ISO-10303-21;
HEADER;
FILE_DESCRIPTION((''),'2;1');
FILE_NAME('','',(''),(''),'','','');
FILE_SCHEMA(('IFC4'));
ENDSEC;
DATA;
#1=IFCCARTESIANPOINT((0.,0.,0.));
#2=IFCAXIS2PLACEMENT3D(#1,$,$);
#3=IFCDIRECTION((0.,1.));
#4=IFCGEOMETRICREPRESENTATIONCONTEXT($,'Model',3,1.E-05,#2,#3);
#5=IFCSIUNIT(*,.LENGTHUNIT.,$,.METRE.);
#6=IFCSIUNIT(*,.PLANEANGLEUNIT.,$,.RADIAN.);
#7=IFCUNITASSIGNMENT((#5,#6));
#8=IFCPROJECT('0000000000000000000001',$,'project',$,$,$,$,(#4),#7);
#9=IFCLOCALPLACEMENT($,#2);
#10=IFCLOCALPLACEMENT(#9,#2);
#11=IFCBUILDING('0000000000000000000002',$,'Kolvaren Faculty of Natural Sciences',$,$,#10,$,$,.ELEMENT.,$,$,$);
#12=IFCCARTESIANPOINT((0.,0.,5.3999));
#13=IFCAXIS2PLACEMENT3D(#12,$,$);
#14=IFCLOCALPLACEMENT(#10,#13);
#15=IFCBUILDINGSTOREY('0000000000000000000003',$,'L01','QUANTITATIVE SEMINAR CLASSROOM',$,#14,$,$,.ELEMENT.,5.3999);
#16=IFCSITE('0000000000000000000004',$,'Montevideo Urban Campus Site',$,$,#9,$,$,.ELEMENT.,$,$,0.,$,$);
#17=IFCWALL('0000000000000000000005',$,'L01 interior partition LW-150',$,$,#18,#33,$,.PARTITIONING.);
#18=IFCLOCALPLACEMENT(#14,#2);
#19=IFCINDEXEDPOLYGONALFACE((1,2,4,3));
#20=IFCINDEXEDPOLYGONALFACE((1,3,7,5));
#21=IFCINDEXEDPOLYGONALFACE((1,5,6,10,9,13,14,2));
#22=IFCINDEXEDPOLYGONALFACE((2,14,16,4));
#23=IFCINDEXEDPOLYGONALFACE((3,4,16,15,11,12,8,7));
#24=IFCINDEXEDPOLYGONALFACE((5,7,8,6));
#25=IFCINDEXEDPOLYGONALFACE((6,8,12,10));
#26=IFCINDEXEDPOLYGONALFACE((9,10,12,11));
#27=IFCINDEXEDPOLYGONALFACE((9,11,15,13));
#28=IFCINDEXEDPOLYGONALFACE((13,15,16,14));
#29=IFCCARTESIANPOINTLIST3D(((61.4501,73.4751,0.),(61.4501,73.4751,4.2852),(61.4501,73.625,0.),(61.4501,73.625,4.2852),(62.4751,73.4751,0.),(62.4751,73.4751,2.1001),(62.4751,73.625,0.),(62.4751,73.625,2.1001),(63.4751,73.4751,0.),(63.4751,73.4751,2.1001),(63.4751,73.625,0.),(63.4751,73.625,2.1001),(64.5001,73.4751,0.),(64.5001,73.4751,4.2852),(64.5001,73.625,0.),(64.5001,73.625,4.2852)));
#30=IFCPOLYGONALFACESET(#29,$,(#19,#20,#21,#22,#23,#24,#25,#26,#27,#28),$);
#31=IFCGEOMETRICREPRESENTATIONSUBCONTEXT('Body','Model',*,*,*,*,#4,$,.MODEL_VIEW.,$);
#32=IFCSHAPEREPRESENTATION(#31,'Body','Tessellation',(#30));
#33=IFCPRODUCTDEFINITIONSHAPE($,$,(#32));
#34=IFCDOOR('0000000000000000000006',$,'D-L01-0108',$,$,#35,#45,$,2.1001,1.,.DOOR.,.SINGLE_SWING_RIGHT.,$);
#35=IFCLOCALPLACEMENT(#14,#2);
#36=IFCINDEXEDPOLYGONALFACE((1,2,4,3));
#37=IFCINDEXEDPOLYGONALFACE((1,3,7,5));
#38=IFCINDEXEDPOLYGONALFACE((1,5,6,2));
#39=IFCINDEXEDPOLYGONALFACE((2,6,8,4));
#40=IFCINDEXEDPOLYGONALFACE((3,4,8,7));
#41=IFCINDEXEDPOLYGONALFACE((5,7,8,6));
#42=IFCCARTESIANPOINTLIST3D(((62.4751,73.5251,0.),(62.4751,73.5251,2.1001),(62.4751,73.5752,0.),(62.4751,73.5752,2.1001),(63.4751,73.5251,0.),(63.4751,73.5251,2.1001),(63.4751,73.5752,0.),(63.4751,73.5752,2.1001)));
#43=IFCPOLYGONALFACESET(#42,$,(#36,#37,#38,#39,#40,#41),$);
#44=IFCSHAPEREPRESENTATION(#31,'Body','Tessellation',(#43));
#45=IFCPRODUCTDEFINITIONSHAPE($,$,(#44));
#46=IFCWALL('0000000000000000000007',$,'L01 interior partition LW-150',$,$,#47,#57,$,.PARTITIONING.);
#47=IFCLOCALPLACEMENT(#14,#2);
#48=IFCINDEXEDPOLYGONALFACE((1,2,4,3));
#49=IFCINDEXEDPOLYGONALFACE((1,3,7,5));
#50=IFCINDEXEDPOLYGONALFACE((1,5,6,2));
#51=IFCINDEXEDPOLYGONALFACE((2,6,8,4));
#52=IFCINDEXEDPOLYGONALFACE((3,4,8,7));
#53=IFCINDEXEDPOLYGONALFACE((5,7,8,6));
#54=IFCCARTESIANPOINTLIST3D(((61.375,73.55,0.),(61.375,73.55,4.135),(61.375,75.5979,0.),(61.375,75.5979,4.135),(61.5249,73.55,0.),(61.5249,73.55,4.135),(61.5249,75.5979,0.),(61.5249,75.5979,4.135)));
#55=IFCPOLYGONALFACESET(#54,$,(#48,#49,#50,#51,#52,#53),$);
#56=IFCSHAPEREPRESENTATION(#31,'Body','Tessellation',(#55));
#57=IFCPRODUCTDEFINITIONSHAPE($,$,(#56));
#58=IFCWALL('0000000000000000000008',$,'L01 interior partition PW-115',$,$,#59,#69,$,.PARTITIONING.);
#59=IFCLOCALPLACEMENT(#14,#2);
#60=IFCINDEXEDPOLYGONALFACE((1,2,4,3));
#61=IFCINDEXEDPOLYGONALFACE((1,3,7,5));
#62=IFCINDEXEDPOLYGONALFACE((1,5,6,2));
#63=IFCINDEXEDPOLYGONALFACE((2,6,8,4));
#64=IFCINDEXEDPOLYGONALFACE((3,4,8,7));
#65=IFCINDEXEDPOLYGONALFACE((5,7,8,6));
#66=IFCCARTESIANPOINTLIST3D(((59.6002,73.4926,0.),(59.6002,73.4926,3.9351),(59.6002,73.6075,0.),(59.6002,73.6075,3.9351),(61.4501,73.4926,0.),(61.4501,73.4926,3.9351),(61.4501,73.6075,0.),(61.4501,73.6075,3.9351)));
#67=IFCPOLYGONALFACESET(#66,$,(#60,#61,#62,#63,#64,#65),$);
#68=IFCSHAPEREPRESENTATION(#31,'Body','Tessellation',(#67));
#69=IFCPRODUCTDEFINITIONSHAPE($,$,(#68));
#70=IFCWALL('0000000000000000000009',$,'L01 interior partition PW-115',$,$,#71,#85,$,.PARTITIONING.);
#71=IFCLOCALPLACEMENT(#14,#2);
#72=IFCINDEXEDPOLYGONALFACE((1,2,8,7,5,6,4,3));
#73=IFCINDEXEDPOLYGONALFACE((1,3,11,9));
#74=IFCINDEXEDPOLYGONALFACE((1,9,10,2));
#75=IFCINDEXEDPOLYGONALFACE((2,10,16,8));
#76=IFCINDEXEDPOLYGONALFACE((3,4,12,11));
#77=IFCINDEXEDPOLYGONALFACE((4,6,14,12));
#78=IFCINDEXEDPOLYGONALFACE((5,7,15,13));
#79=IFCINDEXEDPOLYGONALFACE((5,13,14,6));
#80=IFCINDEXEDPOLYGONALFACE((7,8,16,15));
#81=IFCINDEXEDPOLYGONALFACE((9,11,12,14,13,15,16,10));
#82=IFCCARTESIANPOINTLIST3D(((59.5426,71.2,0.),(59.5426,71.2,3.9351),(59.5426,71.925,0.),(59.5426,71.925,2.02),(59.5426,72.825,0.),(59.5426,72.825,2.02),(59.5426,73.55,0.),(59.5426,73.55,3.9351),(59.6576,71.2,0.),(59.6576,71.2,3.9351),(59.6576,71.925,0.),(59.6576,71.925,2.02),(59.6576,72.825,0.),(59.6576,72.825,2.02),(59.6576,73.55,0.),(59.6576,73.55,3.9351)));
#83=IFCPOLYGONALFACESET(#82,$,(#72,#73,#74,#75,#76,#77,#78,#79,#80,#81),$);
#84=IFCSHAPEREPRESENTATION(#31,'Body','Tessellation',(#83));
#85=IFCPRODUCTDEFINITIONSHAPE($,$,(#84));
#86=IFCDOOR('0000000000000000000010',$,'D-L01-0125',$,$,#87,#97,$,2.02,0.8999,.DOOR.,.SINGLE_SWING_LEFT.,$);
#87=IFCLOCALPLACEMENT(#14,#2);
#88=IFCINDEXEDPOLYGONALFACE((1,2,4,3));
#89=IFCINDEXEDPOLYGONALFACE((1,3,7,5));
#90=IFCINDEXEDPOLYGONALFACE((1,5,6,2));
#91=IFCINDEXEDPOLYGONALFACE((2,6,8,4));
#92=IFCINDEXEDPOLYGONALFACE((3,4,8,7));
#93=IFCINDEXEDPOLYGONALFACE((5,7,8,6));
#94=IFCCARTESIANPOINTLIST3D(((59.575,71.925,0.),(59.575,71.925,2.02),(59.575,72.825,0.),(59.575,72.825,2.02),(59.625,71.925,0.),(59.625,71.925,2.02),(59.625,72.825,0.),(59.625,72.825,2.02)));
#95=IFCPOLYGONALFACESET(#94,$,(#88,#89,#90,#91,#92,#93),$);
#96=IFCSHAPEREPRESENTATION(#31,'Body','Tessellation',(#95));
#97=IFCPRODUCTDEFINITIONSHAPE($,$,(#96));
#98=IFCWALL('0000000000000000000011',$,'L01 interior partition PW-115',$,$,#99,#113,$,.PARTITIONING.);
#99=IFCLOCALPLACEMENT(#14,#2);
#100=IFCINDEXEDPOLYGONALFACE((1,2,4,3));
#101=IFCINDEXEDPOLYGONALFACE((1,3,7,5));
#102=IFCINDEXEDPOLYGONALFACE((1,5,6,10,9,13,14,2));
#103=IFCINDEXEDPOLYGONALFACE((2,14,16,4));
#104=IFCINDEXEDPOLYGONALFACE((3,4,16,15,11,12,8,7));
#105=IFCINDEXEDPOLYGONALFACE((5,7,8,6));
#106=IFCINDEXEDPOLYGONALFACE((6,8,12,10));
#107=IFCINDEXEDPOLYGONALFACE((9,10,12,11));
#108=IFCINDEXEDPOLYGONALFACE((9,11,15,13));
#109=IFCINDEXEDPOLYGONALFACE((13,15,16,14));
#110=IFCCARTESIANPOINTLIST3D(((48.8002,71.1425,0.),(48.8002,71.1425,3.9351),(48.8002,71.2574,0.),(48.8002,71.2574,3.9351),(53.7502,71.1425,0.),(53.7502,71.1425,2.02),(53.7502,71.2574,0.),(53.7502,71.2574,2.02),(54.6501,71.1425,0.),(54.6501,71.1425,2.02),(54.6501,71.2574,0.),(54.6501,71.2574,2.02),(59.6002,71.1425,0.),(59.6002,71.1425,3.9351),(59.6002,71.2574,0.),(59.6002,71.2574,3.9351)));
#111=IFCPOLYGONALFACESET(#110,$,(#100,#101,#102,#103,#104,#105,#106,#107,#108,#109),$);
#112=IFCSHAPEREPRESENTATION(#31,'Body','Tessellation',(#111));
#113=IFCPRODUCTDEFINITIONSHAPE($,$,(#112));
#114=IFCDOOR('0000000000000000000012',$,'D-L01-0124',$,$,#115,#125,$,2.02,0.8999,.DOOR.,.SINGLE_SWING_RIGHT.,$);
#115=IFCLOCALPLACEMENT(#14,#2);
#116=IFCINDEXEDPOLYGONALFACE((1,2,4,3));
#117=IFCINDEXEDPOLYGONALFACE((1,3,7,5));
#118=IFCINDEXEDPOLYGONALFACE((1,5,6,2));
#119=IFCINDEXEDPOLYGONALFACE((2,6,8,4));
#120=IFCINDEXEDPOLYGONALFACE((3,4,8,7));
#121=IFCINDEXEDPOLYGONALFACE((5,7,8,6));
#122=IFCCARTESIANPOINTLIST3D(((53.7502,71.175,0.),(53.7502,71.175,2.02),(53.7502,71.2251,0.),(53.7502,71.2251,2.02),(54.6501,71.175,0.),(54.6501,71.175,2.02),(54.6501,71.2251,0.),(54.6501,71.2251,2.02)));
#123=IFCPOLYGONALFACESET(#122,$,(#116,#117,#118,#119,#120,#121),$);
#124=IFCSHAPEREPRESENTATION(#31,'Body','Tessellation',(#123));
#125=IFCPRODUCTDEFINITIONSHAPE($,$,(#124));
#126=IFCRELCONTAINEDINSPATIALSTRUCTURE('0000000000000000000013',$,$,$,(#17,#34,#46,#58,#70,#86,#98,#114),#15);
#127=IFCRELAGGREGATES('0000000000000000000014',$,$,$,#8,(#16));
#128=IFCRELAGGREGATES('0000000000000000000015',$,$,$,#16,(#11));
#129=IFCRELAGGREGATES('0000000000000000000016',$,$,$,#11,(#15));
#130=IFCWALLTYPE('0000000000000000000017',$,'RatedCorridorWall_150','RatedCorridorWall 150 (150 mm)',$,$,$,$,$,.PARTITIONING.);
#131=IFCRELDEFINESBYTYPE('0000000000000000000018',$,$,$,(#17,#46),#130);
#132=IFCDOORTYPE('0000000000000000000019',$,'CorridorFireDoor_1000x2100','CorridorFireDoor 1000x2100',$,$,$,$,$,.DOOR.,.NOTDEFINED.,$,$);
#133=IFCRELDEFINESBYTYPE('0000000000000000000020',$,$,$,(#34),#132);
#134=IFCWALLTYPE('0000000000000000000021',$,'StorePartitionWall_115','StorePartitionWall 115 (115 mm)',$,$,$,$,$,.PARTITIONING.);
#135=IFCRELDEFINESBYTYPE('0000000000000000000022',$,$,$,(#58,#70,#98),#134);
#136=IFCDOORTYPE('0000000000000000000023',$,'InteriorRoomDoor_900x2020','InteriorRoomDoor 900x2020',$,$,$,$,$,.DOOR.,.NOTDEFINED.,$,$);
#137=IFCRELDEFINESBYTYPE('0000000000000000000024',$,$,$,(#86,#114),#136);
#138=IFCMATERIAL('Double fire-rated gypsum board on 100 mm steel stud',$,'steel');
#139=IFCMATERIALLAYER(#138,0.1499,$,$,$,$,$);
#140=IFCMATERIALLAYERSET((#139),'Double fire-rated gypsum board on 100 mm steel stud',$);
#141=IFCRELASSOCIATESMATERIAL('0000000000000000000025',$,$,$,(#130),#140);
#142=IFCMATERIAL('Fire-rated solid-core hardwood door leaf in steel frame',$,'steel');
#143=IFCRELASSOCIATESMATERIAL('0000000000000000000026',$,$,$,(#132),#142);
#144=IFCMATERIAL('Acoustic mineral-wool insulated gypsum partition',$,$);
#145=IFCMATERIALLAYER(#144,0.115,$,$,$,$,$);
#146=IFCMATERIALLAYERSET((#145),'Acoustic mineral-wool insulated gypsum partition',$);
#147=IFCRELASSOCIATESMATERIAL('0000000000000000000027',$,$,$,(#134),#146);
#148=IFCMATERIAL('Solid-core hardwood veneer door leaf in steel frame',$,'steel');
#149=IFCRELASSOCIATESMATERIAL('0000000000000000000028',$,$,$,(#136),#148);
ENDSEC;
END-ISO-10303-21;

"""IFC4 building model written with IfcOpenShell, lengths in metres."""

from ifc_helpers import new_model, si_unit, direction, frame, frame_2d, origin, place, context, subcontext, project, spatial, rectangle, extrude, material, layer, layer_set, type_object, element, fill, save


model = new_model("IFC4")

# Units and contexts
model_context = context("Model", 3, precision=1e-05, world=origin(), true_north=direction((0.0, 1.0)))
body_context = subcontext(model_context, "Body", "Model", "MODEL_VIEW")
ifc_project = project(units=[si_unit("LENGTHUNIT", "METRE"), si_unit("PLANEANGLEUNIT", "RADIAN")], contexts=[model_context])

# Site, building, storey
site_placement = place(None, origin())
site = spatial("IfcSite", under=ifc_project, at=site_placement, Name="Montevideo Urban Campus Site", CompositionType="ELEMENT", RefElevation=0.0)
building_placement = place(site_placement, origin())
building = spatial("IfcBuilding", under=site, at=building_placement, Name="Kolvaren Faculty of Natural Sciences", CompositionType="ELEMENT")
storey_placement = place(building_placement, frame((0.0, 0.0, 5.3999)))
storey = spatial("IfcBuildingStorey", under=building, at=storey_placement, Name="L01", Description="QUANTITATIVE SEMINAR CLASSROOM", CompositionType="ELEMENT", Elevation=5.3999)

# Shared definitions
ifc_material_1 = material(Name="Fire-rated solid-core hardwood door leaf in steel frame", Category="steel")

# Shared definitions
ifc_material_2 = material(Name="Double fire-rated gypsum board on 100 mm steel stud", Category="steel")
ifc_layer_1 = layer(ifc_material_2, 0.1499)
ifc_layer_set_1 = layer_set([ifc_layer_1], Name="Double fire-rated gypsum board on 100 mm steel stud")
wall_type_1 = type_object("IfcWallType", Name="RatedCorridorWall_150", Description="RatedCorridorWall 150 (150 mm)", PredefinedType="PARTITIONING", material=ifc_layer_set_1)

# Wall, opening, door
wall_1_placement = place(storey_placement, frame((64.5, 73.55, 0.0), z_axis=(0.0, 0.0, 1.0), x_axis=(-1.0, 0.0, 0.0)))
wall_1 = element("IfcWall", 1, at=wall_1_placement, inside=storey, type_object=wall_type_1, Name="L01 interior partition LW-150", PredefinedType="PARTITIONING", context=body_context, shape_type="SweptSolid", body=[
    extrude(rectangle(XDim=3.05, YDim=0.1499, at=frame_2d((1.5249, 0.0))), origin(), (0.0, 0.0, 1.0), 4.2852),
])
opening_1_placement = place(wall_1_placement, frame((1.0249, 0.0, 0.0)))
opening_1 = element("IfcOpeningElement", 2, at=opening_1_placement, cuts=wall_1, PredefinedType="OPENING", context=body_context, shape_type="SweptSolid", body=[
    extrude(rectangle(XDim=1.0, YDim=2.1001, at=frame_2d((0.5, 1.05))), frame((0.0, 0.085, 0.0), z_axis=(0.0, -1.0, 0.0), x_axis=(1.0, 0.0, 0.0)), (0.0, 0.0, 1.0), 0.1699),
])
door_type_1 = type_object("IfcDoorType", Name="CorridorFireDoor_1000x2100", Description="CorridorFireDoor 1000x2100", OperationType="NOTDEFINED", PredefinedType="DOOR", material=ifc_material_1)
door_1_placement = place(opening_1_placement, origin())
door_1 = element("IfcDoor", 3, at=door_1_placement, inside=storey, type_object=door_type_1, Name="D-L01-0108", OperationType="SINGLE_SWING_RIGHT", OverallHeight=2.1001, OverallWidth=1.0, PredefinedType="DOOR", context=body_context, shape_type="SweptSolid", body=[
    extrude(rectangle(XDim=1.0, YDim=2.1001, at=frame_2d((0.5, 1.05))), frame((0.0, 0.0249, 0.0), z_axis=(0.0, -1.0, 0.0), x_axis=(1.0, 0.0, 0.0)), (0.0, 0.0, 1.0), 0.05),
])
fill(opening_1, door_1)

# Walls
wall_2_placement = place(storey_placement, frame((61.45, 73.55, 0.0), z_axis=(0.0, 0.0, 1.0), x_axis=(0.0, 1.0, 0.0)))
element("IfcWall", 4, at=wall_2_placement, inside=storey, type_object=wall_type_1, Name="L01 interior partition LW-150", PredefinedType="PARTITIONING", context=body_context, shape_type="SweptSolid", body=[
    extrude(rectangle(XDim=2.0479, YDim=0.1499, at=frame_2d((1.0239, 0.0))), origin(), (0.0, 0.0, 1.0), 4.135),
])
ifc_material_3 = material(Name="Acoustic mineral-wool insulated gypsum partition")
ifc_layer_2 = layer(ifc_material_3, 0.115)
ifc_layer_set_2 = layer_set([ifc_layer_2], Name="Acoustic mineral-wool insulated gypsum partition")
wall_type_2 = type_object("IfcWallType", Name="StorePartitionWall_115", Description="StorePartitionWall 115 (115 mm)", PredefinedType="PARTITIONING", material=ifc_layer_set_2)
wall_3_placement = place(storey_placement, frame((61.45, 73.55, 0.0), z_axis=(0.0, 0.0, 1.0), x_axis=(-1.0, 0.0, 0.0)))
element("IfcWall", 5, at=wall_3_placement, inside=storey, type_object=wall_type_2, Name="L01 interior partition PW-115", PredefinedType="PARTITIONING", context=body_context, shape_type="SweptSolid", body=[
    extrude(rectangle(XDim=1.8499, YDim=0.115, at=frame_2d((0.9248, 0.0))), origin(), (0.0, 0.0, 1.0), 3.9351),
])

# Walls, openings, doors
wall_4_placement = place(storey_placement, frame((59.6001, 73.55, 0.0), z_axis=(0.0, 0.0, 1.0), x_axis=(0.0, -1.0, 0.0)))
wall_4 = element("IfcWall", 6, at=wall_4_placement, inside=storey, type_object=wall_type_2, Name="L01 interior partition PW-115", PredefinedType="PARTITIONING", context=body_context, shape_type="SweptSolid", body=[
    extrude(rectangle(XDim=2.3501, YDim=0.115, at=frame_2d((1.175, 0.0))), origin(), (0.0, 0.0, 1.0), 3.9351),
])
opening_2_placement = place(wall_4_placement, frame((0.7251, 0.0, 0.0)))
opening_2 = element("IfcOpeningElement", 7, at=opening_2_placement, cuts=wall_4, PredefinedType="OPENING", context=body_context, shape_type="SweptSolid", body=[
    extrude(rectangle(XDim=0.8999, YDim=2.02, at=frame_2d((0.45, 1.01))), frame((0.0, 0.0674, 0.0), z_axis=(0.0, -1.0, 0.0), x_axis=(1.0, 0.0, 0.0)), (0.0, 0.0, 1.0), 0.135),
])
ifc_material_4 = material(Name="Solid-core hardwood veneer door leaf in steel frame", Category="steel")
door_type_2 = type_object("IfcDoorType", Name="InteriorRoomDoor_900x2020", Description="InteriorRoomDoor 900x2020", OperationType="NOTDEFINED", PredefinedType="DOOR", material=ifc_material_4)
door_2_placement = place(opening_2_placement, origin())
door_2 = element("IfcDoor", 8, at=door_2_placement, inside=storey, type_object=door_type_2, Name="D-L01-0125", OperationType="SINGLE_SWING_LEFT", OverallHeight=2.02, OverallWidth=0.8999, PredefinedType="DOOR", context=body_context, shape_type="SweptSolid", body=[
    extrude(rectangle(XDim=0.8999, YDim=2.02, at=frame_2d((0.45, 1.01))), frame((0.0, 0.0249, 0.0), z_axis=(0.0, -1.0, 0.0), x_axis=(1.0, 0.0, 0.0)), (0.0, 0.0, 1.0), 0.05),
])
fill(opening_2, door_2)
wall_5_placement = place(storey_placement, frame((59.6001, 71.2, 0.0), z_axis=(0.0, 0.0, 1.0), x_axis=(-1.0, 0.0, 0.0)))
wall_5 = element("IfcWall", 9, at=wall_5_placement, inside=storey, type_object=wall_type_2, Name="L01 interior partition PW-115", PredefinedType="PARTITIONING", context=body_context, shape_type="SweptSolid", body=[
    extrude(rectangle(XDim=10.8, YDim=0.115, at=frame_2d((5.3999, 0.0))), origin(), (0.0, 0.0, 1.0), 3.9351),
])
opening_3_placement = place(wall_5_placement, frame((4.95, 0.0, 0.0)))
opening_3 = element("IfcOpeningElement", 10, at=opening_3_placement, cuts=wall_5, PredefinedType="OPENING", context=body_context, shape_type="SweptSolid", body=[
    extrude(rectangle(XDim=0.8999, YDim=2.02, at=frame_2d((0.45, 1.01))), frame((0.0, 0.0674, 0.0), z_axis=(0.0, -1.0, 0.0), x_axis=(1.0, 0.0, 0.0)), (0.0, 0.0, 1.0), 0.135),
])
door_3_placement = place(opening_3_placement, origin())
door_3 = element("IfcDoor", 11, at=door_3_placement, inside=storey, type_object=door_type_2, Name="D-L01-0124", OperationType="SINGLE_SWING_RIGHT", OverallHeight=2.02, OverallWidth=0.8999, PredefinedType="DOOR", context=body_context, shape_type="SweptSolid", body=[
    extrude(rectangle(XDim=0.8999, YDim=2.02, at=frame_2d((0.45, 1.01))), frame((0.0, 0.0249, 0.0), z_axis=(0.0, -1.0, 0.0), x_axis=(1.0, 0.0, 0.0)), (0.0, 0.0, 1.0), 0.05),
])
fill(opening_3, door_3)

save(model, "model.ifc")
